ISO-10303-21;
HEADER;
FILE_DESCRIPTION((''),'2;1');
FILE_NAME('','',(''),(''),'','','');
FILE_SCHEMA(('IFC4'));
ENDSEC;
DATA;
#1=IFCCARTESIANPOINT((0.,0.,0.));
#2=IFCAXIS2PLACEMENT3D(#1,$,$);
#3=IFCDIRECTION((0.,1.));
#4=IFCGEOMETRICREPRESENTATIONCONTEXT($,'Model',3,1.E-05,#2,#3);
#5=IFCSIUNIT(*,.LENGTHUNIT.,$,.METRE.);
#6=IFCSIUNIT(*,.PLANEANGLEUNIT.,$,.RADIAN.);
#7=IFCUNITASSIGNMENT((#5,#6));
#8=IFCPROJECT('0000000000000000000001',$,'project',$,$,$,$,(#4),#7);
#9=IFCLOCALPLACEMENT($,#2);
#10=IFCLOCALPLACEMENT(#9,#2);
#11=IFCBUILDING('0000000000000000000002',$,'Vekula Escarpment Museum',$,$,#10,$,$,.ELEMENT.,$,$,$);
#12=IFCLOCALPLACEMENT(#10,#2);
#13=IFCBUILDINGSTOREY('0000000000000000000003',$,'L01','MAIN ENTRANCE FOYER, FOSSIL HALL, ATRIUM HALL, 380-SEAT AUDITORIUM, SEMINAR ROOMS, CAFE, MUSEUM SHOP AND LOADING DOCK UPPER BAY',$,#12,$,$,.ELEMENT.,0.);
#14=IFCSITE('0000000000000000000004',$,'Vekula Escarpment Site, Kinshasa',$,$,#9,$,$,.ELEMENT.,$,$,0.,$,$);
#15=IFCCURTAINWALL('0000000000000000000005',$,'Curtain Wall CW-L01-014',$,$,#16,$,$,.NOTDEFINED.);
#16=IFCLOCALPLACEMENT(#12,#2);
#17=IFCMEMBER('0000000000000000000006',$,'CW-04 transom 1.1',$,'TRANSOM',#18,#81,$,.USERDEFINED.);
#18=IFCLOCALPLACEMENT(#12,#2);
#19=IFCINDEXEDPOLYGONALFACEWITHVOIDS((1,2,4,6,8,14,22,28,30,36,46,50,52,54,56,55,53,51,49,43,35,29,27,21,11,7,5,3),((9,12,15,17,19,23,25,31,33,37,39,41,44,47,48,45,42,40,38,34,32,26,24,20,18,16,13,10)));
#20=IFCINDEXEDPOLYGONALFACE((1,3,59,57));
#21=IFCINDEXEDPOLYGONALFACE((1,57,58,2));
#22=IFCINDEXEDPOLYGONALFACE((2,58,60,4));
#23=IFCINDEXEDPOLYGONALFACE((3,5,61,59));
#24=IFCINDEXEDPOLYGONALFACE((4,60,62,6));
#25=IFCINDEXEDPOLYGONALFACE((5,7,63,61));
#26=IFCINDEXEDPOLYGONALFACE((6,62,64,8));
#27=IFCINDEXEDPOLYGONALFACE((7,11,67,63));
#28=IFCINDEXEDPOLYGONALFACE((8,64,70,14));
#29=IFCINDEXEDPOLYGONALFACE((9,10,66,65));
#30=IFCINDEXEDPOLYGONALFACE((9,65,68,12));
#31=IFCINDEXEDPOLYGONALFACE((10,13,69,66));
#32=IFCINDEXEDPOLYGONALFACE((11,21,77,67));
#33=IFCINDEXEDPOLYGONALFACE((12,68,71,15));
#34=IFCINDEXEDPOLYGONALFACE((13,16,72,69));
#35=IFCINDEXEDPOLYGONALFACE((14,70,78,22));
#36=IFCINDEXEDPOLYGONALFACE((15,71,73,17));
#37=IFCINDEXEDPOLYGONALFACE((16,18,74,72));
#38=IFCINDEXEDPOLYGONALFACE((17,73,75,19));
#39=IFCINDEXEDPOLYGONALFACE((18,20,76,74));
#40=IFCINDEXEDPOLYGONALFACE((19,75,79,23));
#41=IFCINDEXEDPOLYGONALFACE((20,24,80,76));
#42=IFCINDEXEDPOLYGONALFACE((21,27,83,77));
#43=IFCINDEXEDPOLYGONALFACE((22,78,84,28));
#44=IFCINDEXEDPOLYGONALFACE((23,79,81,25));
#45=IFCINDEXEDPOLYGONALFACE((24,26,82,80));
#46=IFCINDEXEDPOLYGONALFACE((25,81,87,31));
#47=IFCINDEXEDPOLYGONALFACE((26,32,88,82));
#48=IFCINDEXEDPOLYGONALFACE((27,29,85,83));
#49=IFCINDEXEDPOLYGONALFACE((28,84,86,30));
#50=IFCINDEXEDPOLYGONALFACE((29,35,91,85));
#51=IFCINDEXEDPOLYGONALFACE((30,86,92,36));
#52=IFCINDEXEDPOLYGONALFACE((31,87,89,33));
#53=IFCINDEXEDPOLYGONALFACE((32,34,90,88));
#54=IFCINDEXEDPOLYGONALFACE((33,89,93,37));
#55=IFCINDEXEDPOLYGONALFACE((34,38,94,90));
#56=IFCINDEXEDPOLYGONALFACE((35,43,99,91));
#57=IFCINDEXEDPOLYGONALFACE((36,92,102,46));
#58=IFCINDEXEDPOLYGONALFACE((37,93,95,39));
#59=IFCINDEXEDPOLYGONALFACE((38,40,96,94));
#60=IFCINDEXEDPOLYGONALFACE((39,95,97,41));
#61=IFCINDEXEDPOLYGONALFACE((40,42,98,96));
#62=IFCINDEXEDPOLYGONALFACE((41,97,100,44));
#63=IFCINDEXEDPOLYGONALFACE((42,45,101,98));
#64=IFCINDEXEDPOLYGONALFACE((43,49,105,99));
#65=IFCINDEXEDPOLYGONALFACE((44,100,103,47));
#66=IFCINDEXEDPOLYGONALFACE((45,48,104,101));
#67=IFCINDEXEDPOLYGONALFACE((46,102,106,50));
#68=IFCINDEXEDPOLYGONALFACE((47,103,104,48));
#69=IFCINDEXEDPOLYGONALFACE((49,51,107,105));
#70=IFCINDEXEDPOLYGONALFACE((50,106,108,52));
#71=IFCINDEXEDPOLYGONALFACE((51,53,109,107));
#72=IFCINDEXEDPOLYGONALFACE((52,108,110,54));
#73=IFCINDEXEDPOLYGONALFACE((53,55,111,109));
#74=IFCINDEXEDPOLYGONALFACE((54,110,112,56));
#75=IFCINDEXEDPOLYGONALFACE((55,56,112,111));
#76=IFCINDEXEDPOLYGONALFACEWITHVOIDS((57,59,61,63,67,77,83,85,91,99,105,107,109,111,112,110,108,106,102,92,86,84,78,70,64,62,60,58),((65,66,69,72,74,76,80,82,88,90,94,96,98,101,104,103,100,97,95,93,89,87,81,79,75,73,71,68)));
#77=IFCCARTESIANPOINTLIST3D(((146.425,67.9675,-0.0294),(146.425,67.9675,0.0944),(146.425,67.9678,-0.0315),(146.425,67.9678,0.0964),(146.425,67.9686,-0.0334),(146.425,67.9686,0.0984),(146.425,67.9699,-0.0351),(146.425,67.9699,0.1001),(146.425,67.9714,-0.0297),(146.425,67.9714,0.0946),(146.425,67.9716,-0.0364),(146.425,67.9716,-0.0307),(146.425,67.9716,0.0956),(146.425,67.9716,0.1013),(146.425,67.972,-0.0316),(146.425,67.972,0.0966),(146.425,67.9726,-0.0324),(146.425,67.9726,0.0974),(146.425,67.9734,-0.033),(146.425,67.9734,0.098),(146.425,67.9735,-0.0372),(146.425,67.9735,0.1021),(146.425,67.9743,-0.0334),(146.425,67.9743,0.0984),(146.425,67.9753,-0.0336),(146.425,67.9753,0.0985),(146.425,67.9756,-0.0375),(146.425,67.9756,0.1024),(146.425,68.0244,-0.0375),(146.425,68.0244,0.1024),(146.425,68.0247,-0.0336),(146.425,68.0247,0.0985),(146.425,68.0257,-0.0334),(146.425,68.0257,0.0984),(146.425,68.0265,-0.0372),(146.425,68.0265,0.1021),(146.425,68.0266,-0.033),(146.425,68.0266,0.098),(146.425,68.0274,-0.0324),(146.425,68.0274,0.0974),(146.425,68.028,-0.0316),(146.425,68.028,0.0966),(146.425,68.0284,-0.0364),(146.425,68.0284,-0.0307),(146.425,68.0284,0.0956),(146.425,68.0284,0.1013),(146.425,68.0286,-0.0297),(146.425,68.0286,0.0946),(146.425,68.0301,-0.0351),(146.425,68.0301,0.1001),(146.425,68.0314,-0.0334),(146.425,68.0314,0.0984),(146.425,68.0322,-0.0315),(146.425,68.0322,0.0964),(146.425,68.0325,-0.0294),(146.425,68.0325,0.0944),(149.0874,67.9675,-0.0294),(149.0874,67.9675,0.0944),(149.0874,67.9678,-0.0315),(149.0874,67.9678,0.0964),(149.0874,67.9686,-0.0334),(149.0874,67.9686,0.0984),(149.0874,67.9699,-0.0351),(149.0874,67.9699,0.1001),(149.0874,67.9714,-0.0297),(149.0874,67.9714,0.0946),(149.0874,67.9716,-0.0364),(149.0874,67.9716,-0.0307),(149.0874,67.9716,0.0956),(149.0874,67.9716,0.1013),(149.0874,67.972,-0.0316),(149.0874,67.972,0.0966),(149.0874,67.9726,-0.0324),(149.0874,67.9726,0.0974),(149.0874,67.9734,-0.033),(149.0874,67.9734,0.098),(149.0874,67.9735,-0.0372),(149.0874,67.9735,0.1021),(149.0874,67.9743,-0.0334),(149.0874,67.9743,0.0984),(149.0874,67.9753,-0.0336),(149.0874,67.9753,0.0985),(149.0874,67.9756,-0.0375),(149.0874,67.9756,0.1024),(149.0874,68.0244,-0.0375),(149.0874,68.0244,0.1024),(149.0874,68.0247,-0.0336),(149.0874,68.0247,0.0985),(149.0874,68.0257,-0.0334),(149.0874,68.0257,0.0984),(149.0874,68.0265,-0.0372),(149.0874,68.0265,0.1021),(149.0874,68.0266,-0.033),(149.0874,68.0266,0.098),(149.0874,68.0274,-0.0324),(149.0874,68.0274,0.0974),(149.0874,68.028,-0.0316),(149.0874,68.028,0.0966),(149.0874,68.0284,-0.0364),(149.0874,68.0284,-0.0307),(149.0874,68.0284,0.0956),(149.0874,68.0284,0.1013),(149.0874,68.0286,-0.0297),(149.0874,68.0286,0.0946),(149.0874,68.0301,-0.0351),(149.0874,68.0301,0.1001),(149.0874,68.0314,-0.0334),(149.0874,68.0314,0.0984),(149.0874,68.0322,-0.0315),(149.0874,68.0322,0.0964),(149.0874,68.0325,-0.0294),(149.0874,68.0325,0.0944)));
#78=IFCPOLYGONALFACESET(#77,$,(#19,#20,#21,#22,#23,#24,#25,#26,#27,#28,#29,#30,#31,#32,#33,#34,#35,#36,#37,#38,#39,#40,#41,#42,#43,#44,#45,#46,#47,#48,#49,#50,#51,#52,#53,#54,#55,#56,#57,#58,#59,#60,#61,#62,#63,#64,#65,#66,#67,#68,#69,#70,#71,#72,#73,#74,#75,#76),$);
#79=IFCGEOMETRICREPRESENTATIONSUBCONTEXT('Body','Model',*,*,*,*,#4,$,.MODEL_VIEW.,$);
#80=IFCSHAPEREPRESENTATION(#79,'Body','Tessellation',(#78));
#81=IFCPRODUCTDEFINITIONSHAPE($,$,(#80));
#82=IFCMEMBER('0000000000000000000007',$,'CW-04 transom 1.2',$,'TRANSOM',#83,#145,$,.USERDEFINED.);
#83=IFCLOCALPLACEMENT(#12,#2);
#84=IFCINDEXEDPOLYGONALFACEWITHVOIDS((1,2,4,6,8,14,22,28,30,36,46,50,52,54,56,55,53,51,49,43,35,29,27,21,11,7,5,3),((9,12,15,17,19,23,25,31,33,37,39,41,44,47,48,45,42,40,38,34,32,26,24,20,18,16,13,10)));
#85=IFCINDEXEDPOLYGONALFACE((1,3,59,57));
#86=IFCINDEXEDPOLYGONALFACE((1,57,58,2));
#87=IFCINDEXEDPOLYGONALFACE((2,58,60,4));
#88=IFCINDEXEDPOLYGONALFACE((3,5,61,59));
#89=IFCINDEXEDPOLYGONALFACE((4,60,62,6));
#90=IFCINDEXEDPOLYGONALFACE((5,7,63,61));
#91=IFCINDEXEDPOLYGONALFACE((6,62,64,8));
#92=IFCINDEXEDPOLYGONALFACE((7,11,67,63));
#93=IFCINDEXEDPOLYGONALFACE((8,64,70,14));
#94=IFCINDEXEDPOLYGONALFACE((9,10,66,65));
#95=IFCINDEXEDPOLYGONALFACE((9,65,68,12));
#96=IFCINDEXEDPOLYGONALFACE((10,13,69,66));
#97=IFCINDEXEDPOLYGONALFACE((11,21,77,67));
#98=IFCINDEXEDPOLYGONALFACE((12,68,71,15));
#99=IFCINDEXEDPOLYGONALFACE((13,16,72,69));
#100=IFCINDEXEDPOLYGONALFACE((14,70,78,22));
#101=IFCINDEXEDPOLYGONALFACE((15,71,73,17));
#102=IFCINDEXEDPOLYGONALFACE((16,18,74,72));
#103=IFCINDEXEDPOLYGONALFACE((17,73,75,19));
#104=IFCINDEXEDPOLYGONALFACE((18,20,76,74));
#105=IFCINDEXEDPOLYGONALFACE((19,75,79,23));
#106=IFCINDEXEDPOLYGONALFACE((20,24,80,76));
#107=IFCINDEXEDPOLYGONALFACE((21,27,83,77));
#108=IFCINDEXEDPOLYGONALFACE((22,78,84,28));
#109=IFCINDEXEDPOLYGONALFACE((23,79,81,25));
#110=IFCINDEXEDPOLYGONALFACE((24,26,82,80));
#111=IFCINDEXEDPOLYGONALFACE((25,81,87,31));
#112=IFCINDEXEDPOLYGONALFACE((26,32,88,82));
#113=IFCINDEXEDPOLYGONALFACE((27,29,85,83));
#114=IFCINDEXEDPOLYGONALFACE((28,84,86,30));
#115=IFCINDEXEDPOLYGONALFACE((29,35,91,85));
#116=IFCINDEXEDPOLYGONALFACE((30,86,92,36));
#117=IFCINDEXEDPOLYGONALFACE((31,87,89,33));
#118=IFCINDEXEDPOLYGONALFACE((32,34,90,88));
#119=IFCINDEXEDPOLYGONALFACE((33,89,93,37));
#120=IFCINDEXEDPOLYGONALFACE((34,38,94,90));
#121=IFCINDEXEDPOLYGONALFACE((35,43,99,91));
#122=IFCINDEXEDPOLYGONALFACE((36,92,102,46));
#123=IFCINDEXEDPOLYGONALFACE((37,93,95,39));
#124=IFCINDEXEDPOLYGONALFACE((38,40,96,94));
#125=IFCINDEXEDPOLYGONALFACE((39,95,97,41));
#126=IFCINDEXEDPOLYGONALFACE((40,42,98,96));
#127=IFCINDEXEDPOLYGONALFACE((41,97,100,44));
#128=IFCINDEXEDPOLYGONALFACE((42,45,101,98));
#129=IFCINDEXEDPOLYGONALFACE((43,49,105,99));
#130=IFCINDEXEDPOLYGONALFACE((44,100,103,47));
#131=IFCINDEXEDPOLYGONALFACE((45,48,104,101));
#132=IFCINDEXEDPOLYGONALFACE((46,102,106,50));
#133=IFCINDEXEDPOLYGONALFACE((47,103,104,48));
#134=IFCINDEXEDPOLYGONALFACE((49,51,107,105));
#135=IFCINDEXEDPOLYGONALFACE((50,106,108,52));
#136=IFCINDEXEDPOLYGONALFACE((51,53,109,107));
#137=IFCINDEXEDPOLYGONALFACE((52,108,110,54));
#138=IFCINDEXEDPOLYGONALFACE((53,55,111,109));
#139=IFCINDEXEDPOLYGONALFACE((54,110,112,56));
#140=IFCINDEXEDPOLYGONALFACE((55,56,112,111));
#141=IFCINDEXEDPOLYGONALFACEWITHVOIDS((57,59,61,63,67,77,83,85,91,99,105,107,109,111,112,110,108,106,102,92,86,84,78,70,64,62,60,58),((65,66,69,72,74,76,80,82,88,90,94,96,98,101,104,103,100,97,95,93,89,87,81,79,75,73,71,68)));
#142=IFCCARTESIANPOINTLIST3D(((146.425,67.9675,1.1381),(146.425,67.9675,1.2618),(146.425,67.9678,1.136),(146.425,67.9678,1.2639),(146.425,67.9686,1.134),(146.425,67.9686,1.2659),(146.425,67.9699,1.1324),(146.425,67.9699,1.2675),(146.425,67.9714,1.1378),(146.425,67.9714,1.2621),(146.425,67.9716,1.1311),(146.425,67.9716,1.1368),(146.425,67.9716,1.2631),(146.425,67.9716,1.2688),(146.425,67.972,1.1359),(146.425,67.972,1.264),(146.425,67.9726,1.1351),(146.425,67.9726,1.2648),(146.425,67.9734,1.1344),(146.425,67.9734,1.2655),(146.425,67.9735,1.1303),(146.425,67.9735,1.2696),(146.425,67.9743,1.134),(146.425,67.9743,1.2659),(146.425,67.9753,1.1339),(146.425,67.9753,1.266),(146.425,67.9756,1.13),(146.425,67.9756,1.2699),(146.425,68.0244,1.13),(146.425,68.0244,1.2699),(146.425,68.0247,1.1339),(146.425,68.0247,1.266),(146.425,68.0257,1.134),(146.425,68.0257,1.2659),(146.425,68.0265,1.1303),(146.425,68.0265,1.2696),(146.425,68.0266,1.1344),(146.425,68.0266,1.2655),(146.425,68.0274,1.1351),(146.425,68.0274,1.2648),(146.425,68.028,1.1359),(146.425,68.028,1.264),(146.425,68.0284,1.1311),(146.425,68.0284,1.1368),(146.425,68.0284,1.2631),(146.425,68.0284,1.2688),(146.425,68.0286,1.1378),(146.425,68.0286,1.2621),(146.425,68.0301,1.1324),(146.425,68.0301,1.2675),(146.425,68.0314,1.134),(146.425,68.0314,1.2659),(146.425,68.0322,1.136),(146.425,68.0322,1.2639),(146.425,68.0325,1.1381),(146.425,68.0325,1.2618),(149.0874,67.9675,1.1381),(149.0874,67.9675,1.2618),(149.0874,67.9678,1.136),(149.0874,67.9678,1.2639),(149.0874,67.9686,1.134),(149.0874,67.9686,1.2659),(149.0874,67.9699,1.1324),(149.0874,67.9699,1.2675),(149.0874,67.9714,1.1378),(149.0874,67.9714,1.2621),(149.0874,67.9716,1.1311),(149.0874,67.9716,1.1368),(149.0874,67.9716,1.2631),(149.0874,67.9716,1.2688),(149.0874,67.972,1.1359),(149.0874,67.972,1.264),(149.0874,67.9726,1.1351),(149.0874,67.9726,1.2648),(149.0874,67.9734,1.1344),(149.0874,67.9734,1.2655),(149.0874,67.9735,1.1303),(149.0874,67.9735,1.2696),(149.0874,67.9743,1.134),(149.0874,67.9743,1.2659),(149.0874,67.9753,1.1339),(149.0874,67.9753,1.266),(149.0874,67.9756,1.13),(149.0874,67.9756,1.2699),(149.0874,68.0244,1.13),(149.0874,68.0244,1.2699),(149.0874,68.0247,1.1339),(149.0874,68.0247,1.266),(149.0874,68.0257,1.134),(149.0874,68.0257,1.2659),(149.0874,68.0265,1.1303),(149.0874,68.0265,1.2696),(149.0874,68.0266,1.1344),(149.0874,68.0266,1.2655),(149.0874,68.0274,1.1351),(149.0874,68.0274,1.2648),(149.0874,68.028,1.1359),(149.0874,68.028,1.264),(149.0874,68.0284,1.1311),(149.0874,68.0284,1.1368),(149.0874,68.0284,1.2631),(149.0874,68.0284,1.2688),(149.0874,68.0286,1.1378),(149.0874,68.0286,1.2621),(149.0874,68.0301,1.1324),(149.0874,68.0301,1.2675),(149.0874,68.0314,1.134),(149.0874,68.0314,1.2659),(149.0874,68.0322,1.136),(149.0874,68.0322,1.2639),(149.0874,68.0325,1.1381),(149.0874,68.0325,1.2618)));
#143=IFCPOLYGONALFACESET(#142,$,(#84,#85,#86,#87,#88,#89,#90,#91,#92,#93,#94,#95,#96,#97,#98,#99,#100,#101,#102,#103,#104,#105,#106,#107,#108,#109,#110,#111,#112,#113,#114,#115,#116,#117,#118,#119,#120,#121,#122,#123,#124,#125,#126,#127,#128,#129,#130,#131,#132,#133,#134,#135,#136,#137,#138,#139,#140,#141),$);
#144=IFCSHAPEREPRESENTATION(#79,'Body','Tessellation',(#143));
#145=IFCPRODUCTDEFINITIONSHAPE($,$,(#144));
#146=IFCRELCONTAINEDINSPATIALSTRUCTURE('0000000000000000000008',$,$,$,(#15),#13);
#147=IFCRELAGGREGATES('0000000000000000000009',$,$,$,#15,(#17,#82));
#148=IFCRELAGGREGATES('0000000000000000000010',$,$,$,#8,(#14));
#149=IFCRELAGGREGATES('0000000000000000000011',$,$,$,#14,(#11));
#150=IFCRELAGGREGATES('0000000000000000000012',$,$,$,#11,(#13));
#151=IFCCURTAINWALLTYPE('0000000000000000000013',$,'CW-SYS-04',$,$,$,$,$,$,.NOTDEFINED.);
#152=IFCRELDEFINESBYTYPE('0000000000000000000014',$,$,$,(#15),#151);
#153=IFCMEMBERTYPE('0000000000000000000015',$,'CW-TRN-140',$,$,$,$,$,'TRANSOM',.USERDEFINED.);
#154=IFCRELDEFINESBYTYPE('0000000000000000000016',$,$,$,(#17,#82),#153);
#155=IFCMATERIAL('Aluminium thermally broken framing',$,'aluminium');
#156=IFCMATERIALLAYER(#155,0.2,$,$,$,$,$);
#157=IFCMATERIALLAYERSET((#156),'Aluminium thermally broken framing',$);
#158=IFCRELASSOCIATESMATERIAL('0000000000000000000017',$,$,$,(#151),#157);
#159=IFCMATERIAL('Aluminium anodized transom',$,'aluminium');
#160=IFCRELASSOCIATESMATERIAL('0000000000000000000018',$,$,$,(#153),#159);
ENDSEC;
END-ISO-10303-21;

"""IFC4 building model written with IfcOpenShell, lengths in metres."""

from ifc_helpers import new_model, si_unit, direction, frame, origin, origin_2d, place, context, subcontext, project, spatial, hollow_rectangle, extrude, material, layer, layer_set, material_profile, profile_set, type_object, element, aggregate, save


model = new_model("IFC4")

# Units and contexts
model_context = context("Model", 3, precision=1e-05, world=origin(), true_north=direction((0.0, 1.0)))
body_context = subcontext(model_context, "Body", "Model", "MODEL_VIEW")
ifc_project = project(units=[si_unit("LENGTHUNIT", "METRE"), si_unit("PLANEANGLEUNIT", "RADIAN")], contexts=[model_context])

# Site, building, storey
site_placement = place(None, origin())
site = spatial("IfcSite", under=ifc_project, at=site_placement, Name="Vekula Escarpment Site, Kinshasa", CompositionType="ELEMENT", RefElevation=0.0)
building_placement = place(site_placement, origin())
building = spatial("IfcBuilding", under=site, at=building_placement, Name="Vekula Escarpment Museum", CompositionType="ELEMENT")
storey_placement = place(building_placement, origin())
storey = spatial("IfcBuildingStorey", under=building, at=storey_placement, Name="L01", Description="MAIN ENTRANCE FOYER, FOSSIL HALL, ATRIUM HALL, 380-SEAT AUDITORIUM, SEMINAR ROOMS, CAFE, MUSEUM SHOP AND LOADING DOCK UPPER BAY", CompositionType="ELEMENT", Elevation=0.0)

# Curtain wall
ifc_material_1 = material(Name="Aluminium thermally broken framing", Category="aluminium")
ifc_layer_1 = layer(ifc_material_1, 0.2)
ifc_layer_set_1 = layer_set([ifc_layer_1], Name="Aluminium thermally broken framing")
curtain_wall_type_1 = type_object("IfcCurtainWallType", Name="CW-SYS-04", PredefinedType="NOTDEFINED", material=ifc_layer_set_1)
curtain_wall_1_placement = place(storey_placement, origin())
curtain_wall_1 = element("IfcCurtainWall", 1, at=curtain_wall_1_placement, inside=storey, type_object=curtain_wall_type_1, Name="Curtain Wall CW-L01-014", PredefinedType="NOTDEFINED")

# Members
ifc_material_2 = material(Name="Aluminium anodized transom", Category="aluminium")
ifc_material_profile_1 = material_profile(ifc_material_2, hollow_rectangle(XDim=0.0649, YDim=0.1399, WallThickness=0.0039, InnerFilletRadius=0.0039, OuterFilletRadius=0.0081, at=origin_2d()), Name="ALU 140x65x4")
ifc_profile_set_1 = profile_set([ifc_material_profile_1], Name="Aluminium anodized transom")
member_type_1 = type_object("IfcMemberType", Name="CW-TRN-140", ElementType="TRANSOM", PredefinedType="USERDEFINED", material=ifc_profile_set_1)
member_1_placement = place(storey_placement, frame((146.425, 68.0, 0.0325), z_axis=(1.0, 0.0, 0.0), x_axis=(0.0, 1.0, 0.0)))
member_1 = element("IfcMember", 2, at=member_1_placement, type_object=member_type_1, Name="CW-04 transom 1.1", ObjectType="TRANSOM", PredefinedType="USERDEFINED", context=body_context, shape_type="SweptSolid", body=[
    extrude(hollow_rectangle(XDim=0.0649, YDim=0.1399, WallThickness=0.0039, InnerFilletRadius=0.0039, OuterFilletRadius=0.0081, at=origin_2d()), origin(), (0.0, 0.0, 1.0), 2.6624),
])
member_2_placement = place(storey_placement, frame((146.425, 68.0, 1.2), z_axis=(1.0, 0.0, 0.0), x_axis=(0.0, 1.0, 0.0)))
member_2 = element("IfcMember", 3, at=member_2_placement, type_object=member_type_1, Name="CW-04 transom 1.2", ObjectType="TRANSOM", PredefinedType="USERDEFINED", context=body_context, shape_type="SweptSolid", body=[
    extrude(hollow_rectangle(XDim=0.0649, YDim=0.1399, WallThickness=0.0039, InnerFilletRadius=0.0039, OuterFilletRadius=0.0081, at=origin_2d()), origin(), (0.0, 0.0, 1.0), 2.6624),
])

aggregate(curtain_wall_1, [member_1, member_2])

save(model, "model.ifc")
